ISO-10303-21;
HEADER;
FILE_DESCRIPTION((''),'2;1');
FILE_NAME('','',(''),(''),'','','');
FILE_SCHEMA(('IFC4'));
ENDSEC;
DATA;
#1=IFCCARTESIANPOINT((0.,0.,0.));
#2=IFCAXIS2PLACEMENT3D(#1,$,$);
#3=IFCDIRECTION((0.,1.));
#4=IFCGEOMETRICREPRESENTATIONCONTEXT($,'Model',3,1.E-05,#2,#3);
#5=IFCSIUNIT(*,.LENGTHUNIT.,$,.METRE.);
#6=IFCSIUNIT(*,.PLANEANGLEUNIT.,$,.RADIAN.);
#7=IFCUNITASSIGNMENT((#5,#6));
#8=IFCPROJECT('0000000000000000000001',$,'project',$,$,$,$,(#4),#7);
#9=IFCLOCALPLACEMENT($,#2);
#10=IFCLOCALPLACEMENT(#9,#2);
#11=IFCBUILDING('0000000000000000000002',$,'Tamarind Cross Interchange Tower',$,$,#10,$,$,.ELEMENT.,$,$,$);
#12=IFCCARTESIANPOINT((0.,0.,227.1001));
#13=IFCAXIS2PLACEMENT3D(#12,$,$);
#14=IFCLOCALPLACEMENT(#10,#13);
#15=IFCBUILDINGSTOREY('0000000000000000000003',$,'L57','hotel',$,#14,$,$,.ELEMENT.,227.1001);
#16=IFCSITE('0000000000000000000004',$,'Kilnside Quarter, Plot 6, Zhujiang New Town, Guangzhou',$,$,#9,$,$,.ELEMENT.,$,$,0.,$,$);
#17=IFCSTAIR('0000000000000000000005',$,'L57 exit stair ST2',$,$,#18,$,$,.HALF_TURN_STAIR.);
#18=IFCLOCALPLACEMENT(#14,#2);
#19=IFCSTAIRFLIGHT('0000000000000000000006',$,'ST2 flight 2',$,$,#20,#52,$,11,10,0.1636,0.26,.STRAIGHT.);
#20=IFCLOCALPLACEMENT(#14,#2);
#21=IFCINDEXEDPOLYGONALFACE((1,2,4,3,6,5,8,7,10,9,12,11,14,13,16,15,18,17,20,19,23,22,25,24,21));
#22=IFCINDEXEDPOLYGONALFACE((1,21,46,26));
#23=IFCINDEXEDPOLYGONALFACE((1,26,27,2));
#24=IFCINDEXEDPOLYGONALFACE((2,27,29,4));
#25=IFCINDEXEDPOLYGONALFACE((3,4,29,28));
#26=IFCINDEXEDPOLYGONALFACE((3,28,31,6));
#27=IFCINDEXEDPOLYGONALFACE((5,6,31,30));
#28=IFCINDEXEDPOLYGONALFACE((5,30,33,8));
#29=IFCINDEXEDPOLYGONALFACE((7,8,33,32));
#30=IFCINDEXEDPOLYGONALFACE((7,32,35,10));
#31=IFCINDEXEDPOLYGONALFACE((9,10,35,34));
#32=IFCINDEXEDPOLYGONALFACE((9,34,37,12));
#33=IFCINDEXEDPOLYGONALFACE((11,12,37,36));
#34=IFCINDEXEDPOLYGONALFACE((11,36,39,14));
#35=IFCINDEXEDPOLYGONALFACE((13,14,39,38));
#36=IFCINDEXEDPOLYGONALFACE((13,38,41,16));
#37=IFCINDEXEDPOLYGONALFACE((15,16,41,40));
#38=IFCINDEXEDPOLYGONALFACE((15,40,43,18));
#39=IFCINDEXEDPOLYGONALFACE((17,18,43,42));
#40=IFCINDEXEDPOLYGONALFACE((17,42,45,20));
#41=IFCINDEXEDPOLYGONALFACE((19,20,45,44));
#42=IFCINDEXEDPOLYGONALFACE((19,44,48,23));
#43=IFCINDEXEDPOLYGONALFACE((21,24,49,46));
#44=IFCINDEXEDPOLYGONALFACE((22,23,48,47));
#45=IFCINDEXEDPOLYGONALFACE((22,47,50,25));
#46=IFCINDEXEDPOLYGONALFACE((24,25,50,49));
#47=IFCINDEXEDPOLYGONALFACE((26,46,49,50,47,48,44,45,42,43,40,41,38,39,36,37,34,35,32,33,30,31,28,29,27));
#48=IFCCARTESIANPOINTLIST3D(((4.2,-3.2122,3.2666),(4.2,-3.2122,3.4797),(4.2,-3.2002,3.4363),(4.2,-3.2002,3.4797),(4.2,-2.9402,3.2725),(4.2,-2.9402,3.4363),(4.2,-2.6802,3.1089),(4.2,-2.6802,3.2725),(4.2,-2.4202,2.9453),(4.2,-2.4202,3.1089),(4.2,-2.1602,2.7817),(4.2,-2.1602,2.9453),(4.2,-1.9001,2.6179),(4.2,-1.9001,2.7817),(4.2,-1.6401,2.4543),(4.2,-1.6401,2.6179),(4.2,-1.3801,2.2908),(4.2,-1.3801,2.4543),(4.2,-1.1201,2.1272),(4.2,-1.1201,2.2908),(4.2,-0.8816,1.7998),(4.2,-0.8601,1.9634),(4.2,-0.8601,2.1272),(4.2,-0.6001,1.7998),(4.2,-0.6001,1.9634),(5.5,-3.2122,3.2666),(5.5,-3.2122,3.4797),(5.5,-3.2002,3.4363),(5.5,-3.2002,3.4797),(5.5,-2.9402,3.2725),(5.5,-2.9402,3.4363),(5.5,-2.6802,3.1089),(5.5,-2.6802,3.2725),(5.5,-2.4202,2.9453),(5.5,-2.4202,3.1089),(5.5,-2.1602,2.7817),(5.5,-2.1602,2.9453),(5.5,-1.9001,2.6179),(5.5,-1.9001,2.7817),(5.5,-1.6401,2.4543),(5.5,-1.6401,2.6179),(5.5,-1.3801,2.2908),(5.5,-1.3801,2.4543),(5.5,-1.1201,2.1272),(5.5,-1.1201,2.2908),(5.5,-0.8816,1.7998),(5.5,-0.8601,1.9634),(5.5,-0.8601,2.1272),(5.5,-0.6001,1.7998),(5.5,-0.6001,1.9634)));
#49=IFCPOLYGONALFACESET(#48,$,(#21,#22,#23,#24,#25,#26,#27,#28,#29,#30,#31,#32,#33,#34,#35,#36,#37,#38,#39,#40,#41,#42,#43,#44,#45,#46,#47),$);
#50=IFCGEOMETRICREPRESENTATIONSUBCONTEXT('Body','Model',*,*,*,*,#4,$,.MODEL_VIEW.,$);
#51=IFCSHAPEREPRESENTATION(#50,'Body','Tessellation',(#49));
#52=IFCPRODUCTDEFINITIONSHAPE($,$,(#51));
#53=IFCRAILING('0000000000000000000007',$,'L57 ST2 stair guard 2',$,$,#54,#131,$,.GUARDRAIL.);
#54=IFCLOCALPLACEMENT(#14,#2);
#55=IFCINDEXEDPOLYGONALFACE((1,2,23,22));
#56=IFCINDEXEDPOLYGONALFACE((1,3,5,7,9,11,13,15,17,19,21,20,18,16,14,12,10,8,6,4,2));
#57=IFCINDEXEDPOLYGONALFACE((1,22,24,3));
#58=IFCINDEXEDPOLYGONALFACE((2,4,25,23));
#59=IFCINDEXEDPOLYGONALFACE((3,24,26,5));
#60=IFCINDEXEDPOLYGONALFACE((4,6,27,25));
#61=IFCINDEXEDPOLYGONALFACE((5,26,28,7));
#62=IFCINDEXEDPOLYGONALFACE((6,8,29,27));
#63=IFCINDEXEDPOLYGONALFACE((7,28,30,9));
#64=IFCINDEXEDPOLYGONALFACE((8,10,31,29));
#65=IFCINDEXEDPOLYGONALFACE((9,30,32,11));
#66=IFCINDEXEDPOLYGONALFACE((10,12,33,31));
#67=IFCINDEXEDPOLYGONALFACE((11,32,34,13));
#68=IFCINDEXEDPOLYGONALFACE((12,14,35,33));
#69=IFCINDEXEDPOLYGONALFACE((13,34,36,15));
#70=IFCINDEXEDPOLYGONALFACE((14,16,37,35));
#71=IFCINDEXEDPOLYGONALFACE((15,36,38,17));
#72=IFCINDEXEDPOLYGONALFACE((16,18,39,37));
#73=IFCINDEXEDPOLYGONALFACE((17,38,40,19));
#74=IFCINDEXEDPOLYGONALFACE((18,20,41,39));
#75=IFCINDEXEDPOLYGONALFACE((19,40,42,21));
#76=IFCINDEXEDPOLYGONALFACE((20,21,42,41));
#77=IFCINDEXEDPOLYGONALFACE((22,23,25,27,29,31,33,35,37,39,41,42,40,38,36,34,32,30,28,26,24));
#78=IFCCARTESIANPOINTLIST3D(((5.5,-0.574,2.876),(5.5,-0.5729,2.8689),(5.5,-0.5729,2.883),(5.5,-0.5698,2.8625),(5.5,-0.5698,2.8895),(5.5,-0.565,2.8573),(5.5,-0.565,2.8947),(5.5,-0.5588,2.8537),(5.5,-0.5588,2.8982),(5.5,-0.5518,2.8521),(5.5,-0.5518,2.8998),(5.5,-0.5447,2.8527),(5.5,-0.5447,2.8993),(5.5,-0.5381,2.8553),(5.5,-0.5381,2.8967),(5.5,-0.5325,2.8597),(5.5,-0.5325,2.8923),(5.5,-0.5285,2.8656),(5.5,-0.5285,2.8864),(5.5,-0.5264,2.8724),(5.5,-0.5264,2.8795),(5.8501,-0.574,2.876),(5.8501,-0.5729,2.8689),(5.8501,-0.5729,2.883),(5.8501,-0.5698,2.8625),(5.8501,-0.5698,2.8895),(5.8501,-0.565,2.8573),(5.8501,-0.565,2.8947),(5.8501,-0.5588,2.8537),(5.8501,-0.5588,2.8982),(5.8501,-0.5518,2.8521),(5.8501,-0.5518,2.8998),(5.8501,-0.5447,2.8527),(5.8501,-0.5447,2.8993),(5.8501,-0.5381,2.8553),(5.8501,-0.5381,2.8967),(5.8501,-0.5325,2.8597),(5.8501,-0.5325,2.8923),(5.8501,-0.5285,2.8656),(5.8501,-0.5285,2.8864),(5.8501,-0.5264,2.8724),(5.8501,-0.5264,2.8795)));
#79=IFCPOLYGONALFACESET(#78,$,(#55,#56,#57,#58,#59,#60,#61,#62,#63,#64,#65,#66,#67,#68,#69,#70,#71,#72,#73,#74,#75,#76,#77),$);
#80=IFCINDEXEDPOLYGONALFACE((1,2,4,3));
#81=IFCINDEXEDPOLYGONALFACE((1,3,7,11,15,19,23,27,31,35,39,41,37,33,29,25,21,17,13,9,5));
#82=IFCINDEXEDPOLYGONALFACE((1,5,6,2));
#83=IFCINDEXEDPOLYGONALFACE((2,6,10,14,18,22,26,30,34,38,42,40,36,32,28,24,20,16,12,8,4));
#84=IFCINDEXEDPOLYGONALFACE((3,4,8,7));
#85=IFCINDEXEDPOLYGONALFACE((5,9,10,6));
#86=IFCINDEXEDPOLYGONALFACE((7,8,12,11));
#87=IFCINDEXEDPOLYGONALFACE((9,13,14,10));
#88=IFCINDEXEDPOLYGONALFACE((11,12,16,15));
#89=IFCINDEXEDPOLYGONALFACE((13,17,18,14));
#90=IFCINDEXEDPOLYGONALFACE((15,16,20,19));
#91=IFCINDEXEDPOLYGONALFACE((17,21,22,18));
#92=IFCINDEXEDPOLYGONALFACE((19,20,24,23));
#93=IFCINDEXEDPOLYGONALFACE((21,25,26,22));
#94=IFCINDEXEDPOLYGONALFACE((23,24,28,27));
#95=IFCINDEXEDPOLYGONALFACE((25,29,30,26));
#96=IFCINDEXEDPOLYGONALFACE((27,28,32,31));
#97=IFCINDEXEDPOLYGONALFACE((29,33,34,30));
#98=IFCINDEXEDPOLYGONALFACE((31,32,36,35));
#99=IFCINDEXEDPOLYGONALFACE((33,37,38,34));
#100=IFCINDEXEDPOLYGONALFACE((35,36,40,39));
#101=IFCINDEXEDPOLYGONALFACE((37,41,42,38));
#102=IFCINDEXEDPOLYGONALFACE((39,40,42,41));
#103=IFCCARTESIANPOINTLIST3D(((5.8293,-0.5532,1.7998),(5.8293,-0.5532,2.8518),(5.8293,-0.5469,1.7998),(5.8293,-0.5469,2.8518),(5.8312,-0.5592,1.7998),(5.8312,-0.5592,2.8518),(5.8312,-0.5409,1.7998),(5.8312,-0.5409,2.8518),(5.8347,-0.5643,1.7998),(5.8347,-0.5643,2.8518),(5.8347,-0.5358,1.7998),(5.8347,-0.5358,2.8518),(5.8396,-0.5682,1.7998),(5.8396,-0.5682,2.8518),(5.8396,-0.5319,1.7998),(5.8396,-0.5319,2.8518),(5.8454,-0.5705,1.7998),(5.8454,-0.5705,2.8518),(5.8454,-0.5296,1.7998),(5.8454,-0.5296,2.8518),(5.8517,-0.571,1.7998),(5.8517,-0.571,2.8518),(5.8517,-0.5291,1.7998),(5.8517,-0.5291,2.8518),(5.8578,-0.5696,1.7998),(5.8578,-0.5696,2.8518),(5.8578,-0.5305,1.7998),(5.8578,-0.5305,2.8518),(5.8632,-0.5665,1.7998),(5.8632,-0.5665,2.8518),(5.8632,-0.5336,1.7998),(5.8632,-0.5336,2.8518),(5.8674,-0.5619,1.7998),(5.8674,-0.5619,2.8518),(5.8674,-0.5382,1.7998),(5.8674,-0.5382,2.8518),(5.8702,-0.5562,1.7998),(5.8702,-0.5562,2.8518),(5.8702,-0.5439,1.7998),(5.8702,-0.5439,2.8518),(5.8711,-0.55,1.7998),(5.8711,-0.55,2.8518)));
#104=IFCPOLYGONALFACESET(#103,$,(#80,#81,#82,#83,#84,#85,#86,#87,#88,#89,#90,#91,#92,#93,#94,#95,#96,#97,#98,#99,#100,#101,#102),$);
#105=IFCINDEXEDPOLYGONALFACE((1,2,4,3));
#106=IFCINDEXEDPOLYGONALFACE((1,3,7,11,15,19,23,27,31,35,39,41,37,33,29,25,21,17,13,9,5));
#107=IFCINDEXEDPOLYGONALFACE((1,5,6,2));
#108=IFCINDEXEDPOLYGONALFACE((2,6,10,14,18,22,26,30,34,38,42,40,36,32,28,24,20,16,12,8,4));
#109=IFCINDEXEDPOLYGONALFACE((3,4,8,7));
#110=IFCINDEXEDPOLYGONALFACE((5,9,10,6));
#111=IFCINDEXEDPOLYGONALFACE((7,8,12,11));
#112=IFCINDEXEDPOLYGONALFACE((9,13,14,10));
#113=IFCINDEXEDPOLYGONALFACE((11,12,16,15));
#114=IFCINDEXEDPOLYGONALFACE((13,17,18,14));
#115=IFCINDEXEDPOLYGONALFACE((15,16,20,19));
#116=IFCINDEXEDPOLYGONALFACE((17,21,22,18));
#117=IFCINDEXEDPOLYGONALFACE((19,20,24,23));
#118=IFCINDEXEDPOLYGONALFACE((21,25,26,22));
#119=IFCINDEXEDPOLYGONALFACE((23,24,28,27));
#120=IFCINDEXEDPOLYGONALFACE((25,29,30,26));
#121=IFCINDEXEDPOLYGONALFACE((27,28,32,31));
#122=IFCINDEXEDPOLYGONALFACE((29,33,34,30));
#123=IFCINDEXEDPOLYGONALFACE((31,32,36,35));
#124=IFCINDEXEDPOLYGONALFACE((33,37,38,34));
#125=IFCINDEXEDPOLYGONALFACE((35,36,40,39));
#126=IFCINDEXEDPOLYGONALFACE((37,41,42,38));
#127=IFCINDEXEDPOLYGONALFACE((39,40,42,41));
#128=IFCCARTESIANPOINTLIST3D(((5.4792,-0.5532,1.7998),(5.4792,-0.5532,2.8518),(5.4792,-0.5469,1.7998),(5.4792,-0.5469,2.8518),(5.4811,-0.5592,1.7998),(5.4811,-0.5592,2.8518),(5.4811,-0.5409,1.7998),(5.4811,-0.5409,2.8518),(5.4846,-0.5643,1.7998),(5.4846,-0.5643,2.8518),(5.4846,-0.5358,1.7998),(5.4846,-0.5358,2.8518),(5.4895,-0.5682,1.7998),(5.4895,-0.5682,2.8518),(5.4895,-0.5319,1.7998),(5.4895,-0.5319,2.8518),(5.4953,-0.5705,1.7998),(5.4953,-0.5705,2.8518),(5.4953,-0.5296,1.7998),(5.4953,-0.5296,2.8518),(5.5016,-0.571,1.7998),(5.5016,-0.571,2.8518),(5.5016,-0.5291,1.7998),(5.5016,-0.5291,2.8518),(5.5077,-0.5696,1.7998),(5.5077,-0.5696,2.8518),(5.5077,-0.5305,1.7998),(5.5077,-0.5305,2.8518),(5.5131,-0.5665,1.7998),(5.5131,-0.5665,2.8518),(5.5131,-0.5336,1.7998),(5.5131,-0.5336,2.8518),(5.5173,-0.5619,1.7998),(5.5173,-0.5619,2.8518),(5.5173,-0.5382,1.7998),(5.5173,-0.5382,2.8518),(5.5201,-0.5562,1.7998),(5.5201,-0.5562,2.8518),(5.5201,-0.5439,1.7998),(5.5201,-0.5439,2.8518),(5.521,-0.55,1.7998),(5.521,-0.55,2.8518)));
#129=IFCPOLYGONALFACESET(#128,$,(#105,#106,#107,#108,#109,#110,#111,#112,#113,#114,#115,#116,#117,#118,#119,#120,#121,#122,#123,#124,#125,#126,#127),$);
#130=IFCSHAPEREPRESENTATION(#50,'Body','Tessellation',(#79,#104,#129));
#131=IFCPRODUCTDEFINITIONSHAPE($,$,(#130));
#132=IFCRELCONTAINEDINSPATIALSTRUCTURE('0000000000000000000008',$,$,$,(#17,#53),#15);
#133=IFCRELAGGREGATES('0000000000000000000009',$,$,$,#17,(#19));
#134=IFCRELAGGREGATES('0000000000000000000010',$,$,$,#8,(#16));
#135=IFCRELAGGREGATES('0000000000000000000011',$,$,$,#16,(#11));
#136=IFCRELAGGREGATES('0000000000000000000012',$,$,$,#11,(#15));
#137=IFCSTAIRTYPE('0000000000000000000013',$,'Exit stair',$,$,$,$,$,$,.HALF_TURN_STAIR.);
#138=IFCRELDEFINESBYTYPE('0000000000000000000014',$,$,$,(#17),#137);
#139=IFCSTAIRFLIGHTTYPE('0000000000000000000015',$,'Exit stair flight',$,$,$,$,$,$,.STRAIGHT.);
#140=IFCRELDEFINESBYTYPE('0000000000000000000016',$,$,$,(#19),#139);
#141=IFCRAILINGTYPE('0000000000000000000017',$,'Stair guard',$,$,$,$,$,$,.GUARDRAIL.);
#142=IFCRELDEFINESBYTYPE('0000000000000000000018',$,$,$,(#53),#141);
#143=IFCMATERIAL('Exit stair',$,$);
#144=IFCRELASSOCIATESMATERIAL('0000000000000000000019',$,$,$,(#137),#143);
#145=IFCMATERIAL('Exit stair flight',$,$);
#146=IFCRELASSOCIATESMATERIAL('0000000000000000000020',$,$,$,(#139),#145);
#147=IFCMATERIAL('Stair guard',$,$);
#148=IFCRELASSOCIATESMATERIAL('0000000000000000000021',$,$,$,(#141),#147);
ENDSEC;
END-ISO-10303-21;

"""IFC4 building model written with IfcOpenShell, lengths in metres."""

from ifc_helpers import new_model, si_unit, direction, frame, origin, origin_2d, place, context, subcontext, project, spatial, polyline, circle, outline, extrude, material, type_object, element, aggregate, save


model = new_model("IFC4")

# Units and contexts
model_context = context("Model", 3, precision=1e-05, world=origin(), true_north=direction((0.0, 1.0)))
body_context = subcontext(model_context, "Body", "Model", "MODEL_VIEW")
ifc_project = project(units=[si_unit("LENGTHUNIT", "METRE"), si_unit("PLANEANGLEUNIT", "RADIAN")], contexts=[model_context])

# Site, building, storey
site_placement = place(None, origin())
site = spatial("IfcSite", under=ifc_project, at=site_placement, Name="Kilnside Quarter, Plot 6, Zhujiang New Town, Guangzhou", CompositionType="ELEMENT", RefElevation=0.0)
building_placement = place(site_placement, origin())
building = spatial("IfcBuilding", under=site, at=building_placement, Name="Tamarind Cross Interchange Tower", CompositionType="ELEMENT")
storey_placement = place(building_placement, frame((0.0, 0.0, 227.1001)))
storey = spatial("IfcBuildingStorey", under=building, at=storey_placement, Name="L57", Description="hotel", CompositionType="ELEMENT", Elevation=227.1001)

# Stair, stair flight
ifc_material_1 = material(Name="Exit stair")
stair_type = type_object("IfcStairType", Name="Exit stair", PredefinedType="HALF_TURN_STAIR", material=ifc_material_1)
stair_placement = place(storey_placement, origin())
stair = element("IfcStair", 1, at=stair_placement, inside=storey, type_object=stair_type, Name="L57 exit stair ST2", PredefinedType="HALF_TURN_STAIR")
ifc_material_2 = material(Name="Exit stair flight")
stair_flight_type = type_object("IfcStairFlightType", Name="Exit stair flight", PredefinedType="STRAIGHT", material=ifc_material_2)
stair_flight_placement = place(storey_placement, frame((4.8501, -0.6001, 1.7998), z_axis=(0.0, 0.0, 1.0), x_axis=(0.0, -1.0, 0.0)))
stair_flight = element("IfcStairFlight", 2, at=stair_flight_placement, type_object=stair_flight_type, Name="ST2 flight 2", NumberOfRisers=11, NumberOfTreads=10, PredefinedType="STRAIGHT", RiserHeight=0.1636, TreadLength=0.26, context=body_context, shape_type="SweptSolid", body=[
    extrude(outline(polyline([(0.0, 0.0), (0.0, 0.1636), (0.26, 0.1636), (0.26, 0.3274), (0.52, 0.3274), (0.52, 0.491), (0.78, 0.491), (0.78, 0.6545), (1.04, 0.6545), (1.04, 0.8181), (1.3, 0.8181), (1.3, 0.9819), (1.5601, 0.9819), (1.5601, 1.1455), (1.8201, 1.1455), (1.8201, 1.3091), (2.0801, 1.3091), (2.0801, 1.4727), (2.3401, 1.4727), (2.3401, 1.6365), (2.6001, 1.6365), (2.6001, 1.6799), (2.6121, 1.6799), (2.6121, 1.4668), (0.2815, 0.0), (0.0, 0.0)])), frame((0.0, 0.6499, 0.0), z_axis=(0.0, -1.0, 0.0), x_axis=(1.0, 0.0, 0.0)), (0.0, 0.0, 1.0), 1.3),
])
aggregate(stair, [stair_flight])

# Railing
ifc_material_3 = material(Name="Stair guard")
railing_type_1 = type_object("IfcRailingType", Name="Stair guard", PredefinedType="GUARDRAIL", material=ifc_material_3)
railing_1_placement = place(storey_placement, frame((5.8501, -0.55, 1.7998)))
element("IfcRailing", 3, at=railing_1_placement, inside=storey, type_object=railing_type_1, Name="L57 ST2 stair guard 2", PredefinedType="GUARDRAIL", context=body_context, shape_type="SweptSolid", body=[
    extrude(circle(Radius=0.0239, at=origin_2d()), frame((0.0, 0.0, 1.0762), z_axis=(-1.0, 0.0, 0.0), x_axis=(0.0, -1.0, 0.0)), (0.0, 0.0, 1.0), 0.3501),
    extrude(circle(Radius=0.021, at=origin_2d()), origin(), (0.0, 0.0, 1.0), 1.052),
    extrude(circle(Radius=0.021, at=origin_2d()), frame((-0.3501, 0.0, 0.0)), (0.0, 0.0, 1.0), 1.052),
])

save(model, "model.ifc")
